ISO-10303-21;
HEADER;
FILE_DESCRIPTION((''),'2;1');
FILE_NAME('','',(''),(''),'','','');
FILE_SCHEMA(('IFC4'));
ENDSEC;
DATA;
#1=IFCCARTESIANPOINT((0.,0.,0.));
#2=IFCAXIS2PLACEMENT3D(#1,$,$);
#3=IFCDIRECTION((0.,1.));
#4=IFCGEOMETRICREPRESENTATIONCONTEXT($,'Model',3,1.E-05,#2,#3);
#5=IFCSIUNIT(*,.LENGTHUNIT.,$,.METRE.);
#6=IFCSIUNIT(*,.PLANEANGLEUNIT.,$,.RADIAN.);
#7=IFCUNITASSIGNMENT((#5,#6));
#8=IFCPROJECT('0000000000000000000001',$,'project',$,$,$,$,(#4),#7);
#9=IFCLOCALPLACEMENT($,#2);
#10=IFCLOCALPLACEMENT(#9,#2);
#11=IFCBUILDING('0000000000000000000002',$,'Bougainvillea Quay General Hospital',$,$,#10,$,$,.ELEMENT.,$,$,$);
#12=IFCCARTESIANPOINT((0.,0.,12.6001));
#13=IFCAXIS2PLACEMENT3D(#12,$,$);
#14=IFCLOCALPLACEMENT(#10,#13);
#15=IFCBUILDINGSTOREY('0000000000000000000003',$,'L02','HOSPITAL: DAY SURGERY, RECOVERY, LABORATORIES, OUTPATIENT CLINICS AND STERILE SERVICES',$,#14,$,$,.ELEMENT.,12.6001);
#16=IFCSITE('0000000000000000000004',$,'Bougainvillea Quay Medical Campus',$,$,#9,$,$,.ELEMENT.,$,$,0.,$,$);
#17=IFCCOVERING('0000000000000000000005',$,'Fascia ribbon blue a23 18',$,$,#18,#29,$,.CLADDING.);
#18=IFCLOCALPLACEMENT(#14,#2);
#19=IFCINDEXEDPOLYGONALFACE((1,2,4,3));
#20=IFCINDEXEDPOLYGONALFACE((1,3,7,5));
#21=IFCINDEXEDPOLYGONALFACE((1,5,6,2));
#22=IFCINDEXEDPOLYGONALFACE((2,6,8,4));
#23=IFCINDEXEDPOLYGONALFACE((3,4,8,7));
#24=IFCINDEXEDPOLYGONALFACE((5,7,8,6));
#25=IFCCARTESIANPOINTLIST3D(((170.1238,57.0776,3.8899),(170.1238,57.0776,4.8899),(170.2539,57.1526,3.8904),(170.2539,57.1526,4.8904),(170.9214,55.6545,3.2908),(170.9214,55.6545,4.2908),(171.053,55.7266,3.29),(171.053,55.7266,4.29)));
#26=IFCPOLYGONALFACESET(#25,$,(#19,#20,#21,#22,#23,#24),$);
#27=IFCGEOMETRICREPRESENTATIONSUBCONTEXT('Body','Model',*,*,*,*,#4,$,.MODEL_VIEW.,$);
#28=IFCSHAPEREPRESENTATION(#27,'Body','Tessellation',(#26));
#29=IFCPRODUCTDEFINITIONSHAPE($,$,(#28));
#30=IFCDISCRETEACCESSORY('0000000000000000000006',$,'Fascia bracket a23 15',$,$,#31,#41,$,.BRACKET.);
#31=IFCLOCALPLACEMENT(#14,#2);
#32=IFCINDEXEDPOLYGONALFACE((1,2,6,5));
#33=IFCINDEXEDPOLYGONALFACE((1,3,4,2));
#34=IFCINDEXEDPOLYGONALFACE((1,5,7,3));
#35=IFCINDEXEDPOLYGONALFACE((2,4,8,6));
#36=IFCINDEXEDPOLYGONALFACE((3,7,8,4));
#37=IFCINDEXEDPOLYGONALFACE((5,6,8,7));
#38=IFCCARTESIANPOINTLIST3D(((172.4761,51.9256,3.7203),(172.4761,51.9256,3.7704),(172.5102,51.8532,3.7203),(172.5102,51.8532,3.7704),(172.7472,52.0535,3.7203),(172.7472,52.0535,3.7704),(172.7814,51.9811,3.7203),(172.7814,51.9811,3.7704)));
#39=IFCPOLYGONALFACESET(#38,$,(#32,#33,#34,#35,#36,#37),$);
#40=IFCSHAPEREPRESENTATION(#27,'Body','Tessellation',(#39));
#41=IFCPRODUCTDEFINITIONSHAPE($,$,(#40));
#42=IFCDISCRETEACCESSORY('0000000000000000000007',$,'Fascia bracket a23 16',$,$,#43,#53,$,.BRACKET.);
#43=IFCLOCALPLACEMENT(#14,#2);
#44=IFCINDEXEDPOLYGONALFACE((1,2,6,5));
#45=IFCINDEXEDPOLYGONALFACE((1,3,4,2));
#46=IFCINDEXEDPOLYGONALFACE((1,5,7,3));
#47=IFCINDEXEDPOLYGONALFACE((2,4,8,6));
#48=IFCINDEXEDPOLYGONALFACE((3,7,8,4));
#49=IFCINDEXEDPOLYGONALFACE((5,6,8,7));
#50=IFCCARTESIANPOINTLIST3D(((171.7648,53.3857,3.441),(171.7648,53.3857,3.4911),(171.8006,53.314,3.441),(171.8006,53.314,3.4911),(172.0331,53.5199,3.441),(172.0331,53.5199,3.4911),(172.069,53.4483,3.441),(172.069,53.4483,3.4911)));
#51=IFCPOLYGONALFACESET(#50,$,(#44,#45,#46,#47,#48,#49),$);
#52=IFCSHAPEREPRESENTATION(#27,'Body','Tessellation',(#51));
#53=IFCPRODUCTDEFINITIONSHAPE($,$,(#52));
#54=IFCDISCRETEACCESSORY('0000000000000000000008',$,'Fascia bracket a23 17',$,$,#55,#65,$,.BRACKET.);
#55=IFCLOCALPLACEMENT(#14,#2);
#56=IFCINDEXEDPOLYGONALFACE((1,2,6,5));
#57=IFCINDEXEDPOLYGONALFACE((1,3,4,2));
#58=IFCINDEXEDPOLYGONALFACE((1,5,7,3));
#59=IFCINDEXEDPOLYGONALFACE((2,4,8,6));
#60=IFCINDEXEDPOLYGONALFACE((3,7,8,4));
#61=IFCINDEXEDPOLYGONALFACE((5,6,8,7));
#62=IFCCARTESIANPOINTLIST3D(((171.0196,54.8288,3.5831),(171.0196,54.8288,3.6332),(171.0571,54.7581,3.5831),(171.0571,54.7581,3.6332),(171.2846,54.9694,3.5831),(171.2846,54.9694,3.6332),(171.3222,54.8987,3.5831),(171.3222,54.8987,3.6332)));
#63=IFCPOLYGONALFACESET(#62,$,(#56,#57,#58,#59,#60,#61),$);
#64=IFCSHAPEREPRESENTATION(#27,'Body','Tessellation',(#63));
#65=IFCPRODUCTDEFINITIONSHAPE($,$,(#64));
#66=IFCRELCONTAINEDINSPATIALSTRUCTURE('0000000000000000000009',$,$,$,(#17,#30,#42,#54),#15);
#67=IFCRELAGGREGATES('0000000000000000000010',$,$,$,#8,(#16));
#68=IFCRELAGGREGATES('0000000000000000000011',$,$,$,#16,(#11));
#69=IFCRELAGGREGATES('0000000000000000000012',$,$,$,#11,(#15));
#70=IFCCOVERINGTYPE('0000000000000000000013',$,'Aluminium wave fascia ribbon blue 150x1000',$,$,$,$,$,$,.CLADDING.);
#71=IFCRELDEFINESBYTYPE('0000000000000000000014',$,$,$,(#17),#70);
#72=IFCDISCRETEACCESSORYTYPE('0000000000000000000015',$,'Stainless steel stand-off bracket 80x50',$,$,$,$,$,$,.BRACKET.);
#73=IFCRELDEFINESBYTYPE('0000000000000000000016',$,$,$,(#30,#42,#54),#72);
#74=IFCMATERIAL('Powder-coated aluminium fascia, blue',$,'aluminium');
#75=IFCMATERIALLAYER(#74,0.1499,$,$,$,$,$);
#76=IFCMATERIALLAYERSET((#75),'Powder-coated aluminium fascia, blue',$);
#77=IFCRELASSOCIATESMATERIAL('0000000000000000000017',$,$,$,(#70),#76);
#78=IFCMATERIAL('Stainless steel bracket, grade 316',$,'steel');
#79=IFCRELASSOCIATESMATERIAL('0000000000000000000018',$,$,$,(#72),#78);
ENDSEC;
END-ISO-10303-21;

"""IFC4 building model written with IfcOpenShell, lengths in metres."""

from ifc_helpers import new_model, si_unit, direction, frame, origin, origin_2d, place, context, subcontext, project, spatial, polyline, rectangle, outline, extrude, material, layer, layer_set, material_profile, profile_set, type_object, element, save


model = new_model("IFC4")

# Units and contexts
model_context = context("Model", 3, precision=1e-05, world=origin(), true_north=direction((0.0, 1.0)))
body_context = subcontext(model_context, "Body", "Model", "MODEL_VIEW")
ifc_project = project(units=[si_unit("LENGTHUNIT", "METRE"), si_unit("PLANEANGLEUNIT", "RADIAN")], contexts=[model_context])

# Site, building, storey
site_placement = place(None, origin())
site = spatial("IfcSite", under=ifc_project, at=site_placement, Name="Bougainvillea Quay Medical Campus", CompositionType="ELEMENT", RefElevation=0.0)
building_placement = place(site_placement, origin())
building = spatial("IfcBuilding", under=site, at=building_placement, Name="Bougainvillea Quay General Hospital", CompositionType="ELEMENT")
storey_placement = place(building_placement, frame((0.0, 0.0, 12.6001)))
storey = spatial("IfcBuildingStorey", under=building, at=storey_placement, Name="L02", Description="HOSPITAL: DAY SURGERY, RECOVERY, LABORATORIES, OUTPATIENT CLINICS AND STERILE SERVICES", CompositionType="ELEMENT", Elevation=12.6001)

# Covering
ifc_material_1 = material(Name="Powder-coated aluminium fascia, blue", Category="aluminium")
ifc_layer_1 = layer(ifc_material_1, 0.1499)
ifc_layer_set_1 = layer_set([ifc_layer_1], Name="Powder-coated aluminium fascia, blue")
covering_type = type_object("IfcCoveringType", Name="Aluminium wave fascia ribbon blue 150x1000", PredefinedType="CLADDING", material=ifc_layer_set_1)
covering_1_placement = place(storey_placement, frame((170.9214, 55.6545, 3.2908), z_axis=(0.169466, -0.300215, 0.938697), x_axis=(-0.458946, 0.818854, 0.344742)))
element("IfcCovering", 1, at=covering_1_placement, inside=storey, type_object=covering_type, Name="Fascia ribbon blue a23 18", PredefinedType="CLADDING", context=body_context, shape_type="SweptSolid", body=[
    extrude(outline(polyline([(0.0, 0.0), (1.7379, 0.0), (1.7397, -0.1502), (-0.0017, -0.15), (0.0, 0.0)])), origin(), (0.344742, 0.000986, 0.938697), 1.0),
])

# Discrete accessories
ifc_material_2 = material(Name="Stainless steel bracket, grade 316", Category="steel")
ifc_material_profile_1 = material_profile(ifc_material_2, rectangle(XDim=0.0801, YDim=0.05, at=origin_2d()))
ifc_profile_set_1 = profile_set([ifc_material_profile_1], Name="Stainless steel bracket, grade 316")
discrete_accessory_type = type_object("IfcDiscreteAccessoryType", Name="Stainless steel stand-off bracket 80x50", PredefinedType="BRACKET", material=ifc_profile_set_1)
discrete_accessory_placement = place(storey_placement, frame((172.4932, 51.8894, 3.7454), z_axis=(0.904449, 0.426581, 0.0), x_axis=(-0.426581, 0.904449, 0.0)))
element("IfcDiscreteAccessory", 2, at=discrete_accessory_placement, inside=storey, type_object=discrete_accessory_type, Name="Fascia bracket a23 15", PredefinedType="BRACKET", context=body_context, shape_type="SweptSolid", body=[
    extrude(rectangle(XDim=0.0801, YDim=0.05, at=origin_2d()), origin(), (0.0, 0.0, 1.0), 0.2998),
])
for number, where, z_axis, x_axis, name in (
    (3, (171.7827, 53.3499, 3.4661), (0.894264, 0.447539, 0.0), (-0.447539, 0.894264, 0.0), "Fascia bracket a23 16"),
    (4, (171.0383, 54.7935, 3.6082), (0.883431, 0.46856, 0.0), (-0.46856, 0.883431, 0.0), "Fascia bracket a23 17"),
):
    element("IfcDiscreteAccessory", number, at=place(storey_placement, frame(where, z_axis=z_axis, x_axis=x_axis)), inside=storey, type_object=discrete_accessory_type, Name=name, PredefinedType="BRACKET", context=body_context, shape_type="SweptSolid", body=[
        extrude(rectangle(XDim=0.0801, YDim=0.05, at=origin_2d()), origin(), (0.0, 0.0, 1.0), 0.3),
    ])

save(model, "model.ifc")
